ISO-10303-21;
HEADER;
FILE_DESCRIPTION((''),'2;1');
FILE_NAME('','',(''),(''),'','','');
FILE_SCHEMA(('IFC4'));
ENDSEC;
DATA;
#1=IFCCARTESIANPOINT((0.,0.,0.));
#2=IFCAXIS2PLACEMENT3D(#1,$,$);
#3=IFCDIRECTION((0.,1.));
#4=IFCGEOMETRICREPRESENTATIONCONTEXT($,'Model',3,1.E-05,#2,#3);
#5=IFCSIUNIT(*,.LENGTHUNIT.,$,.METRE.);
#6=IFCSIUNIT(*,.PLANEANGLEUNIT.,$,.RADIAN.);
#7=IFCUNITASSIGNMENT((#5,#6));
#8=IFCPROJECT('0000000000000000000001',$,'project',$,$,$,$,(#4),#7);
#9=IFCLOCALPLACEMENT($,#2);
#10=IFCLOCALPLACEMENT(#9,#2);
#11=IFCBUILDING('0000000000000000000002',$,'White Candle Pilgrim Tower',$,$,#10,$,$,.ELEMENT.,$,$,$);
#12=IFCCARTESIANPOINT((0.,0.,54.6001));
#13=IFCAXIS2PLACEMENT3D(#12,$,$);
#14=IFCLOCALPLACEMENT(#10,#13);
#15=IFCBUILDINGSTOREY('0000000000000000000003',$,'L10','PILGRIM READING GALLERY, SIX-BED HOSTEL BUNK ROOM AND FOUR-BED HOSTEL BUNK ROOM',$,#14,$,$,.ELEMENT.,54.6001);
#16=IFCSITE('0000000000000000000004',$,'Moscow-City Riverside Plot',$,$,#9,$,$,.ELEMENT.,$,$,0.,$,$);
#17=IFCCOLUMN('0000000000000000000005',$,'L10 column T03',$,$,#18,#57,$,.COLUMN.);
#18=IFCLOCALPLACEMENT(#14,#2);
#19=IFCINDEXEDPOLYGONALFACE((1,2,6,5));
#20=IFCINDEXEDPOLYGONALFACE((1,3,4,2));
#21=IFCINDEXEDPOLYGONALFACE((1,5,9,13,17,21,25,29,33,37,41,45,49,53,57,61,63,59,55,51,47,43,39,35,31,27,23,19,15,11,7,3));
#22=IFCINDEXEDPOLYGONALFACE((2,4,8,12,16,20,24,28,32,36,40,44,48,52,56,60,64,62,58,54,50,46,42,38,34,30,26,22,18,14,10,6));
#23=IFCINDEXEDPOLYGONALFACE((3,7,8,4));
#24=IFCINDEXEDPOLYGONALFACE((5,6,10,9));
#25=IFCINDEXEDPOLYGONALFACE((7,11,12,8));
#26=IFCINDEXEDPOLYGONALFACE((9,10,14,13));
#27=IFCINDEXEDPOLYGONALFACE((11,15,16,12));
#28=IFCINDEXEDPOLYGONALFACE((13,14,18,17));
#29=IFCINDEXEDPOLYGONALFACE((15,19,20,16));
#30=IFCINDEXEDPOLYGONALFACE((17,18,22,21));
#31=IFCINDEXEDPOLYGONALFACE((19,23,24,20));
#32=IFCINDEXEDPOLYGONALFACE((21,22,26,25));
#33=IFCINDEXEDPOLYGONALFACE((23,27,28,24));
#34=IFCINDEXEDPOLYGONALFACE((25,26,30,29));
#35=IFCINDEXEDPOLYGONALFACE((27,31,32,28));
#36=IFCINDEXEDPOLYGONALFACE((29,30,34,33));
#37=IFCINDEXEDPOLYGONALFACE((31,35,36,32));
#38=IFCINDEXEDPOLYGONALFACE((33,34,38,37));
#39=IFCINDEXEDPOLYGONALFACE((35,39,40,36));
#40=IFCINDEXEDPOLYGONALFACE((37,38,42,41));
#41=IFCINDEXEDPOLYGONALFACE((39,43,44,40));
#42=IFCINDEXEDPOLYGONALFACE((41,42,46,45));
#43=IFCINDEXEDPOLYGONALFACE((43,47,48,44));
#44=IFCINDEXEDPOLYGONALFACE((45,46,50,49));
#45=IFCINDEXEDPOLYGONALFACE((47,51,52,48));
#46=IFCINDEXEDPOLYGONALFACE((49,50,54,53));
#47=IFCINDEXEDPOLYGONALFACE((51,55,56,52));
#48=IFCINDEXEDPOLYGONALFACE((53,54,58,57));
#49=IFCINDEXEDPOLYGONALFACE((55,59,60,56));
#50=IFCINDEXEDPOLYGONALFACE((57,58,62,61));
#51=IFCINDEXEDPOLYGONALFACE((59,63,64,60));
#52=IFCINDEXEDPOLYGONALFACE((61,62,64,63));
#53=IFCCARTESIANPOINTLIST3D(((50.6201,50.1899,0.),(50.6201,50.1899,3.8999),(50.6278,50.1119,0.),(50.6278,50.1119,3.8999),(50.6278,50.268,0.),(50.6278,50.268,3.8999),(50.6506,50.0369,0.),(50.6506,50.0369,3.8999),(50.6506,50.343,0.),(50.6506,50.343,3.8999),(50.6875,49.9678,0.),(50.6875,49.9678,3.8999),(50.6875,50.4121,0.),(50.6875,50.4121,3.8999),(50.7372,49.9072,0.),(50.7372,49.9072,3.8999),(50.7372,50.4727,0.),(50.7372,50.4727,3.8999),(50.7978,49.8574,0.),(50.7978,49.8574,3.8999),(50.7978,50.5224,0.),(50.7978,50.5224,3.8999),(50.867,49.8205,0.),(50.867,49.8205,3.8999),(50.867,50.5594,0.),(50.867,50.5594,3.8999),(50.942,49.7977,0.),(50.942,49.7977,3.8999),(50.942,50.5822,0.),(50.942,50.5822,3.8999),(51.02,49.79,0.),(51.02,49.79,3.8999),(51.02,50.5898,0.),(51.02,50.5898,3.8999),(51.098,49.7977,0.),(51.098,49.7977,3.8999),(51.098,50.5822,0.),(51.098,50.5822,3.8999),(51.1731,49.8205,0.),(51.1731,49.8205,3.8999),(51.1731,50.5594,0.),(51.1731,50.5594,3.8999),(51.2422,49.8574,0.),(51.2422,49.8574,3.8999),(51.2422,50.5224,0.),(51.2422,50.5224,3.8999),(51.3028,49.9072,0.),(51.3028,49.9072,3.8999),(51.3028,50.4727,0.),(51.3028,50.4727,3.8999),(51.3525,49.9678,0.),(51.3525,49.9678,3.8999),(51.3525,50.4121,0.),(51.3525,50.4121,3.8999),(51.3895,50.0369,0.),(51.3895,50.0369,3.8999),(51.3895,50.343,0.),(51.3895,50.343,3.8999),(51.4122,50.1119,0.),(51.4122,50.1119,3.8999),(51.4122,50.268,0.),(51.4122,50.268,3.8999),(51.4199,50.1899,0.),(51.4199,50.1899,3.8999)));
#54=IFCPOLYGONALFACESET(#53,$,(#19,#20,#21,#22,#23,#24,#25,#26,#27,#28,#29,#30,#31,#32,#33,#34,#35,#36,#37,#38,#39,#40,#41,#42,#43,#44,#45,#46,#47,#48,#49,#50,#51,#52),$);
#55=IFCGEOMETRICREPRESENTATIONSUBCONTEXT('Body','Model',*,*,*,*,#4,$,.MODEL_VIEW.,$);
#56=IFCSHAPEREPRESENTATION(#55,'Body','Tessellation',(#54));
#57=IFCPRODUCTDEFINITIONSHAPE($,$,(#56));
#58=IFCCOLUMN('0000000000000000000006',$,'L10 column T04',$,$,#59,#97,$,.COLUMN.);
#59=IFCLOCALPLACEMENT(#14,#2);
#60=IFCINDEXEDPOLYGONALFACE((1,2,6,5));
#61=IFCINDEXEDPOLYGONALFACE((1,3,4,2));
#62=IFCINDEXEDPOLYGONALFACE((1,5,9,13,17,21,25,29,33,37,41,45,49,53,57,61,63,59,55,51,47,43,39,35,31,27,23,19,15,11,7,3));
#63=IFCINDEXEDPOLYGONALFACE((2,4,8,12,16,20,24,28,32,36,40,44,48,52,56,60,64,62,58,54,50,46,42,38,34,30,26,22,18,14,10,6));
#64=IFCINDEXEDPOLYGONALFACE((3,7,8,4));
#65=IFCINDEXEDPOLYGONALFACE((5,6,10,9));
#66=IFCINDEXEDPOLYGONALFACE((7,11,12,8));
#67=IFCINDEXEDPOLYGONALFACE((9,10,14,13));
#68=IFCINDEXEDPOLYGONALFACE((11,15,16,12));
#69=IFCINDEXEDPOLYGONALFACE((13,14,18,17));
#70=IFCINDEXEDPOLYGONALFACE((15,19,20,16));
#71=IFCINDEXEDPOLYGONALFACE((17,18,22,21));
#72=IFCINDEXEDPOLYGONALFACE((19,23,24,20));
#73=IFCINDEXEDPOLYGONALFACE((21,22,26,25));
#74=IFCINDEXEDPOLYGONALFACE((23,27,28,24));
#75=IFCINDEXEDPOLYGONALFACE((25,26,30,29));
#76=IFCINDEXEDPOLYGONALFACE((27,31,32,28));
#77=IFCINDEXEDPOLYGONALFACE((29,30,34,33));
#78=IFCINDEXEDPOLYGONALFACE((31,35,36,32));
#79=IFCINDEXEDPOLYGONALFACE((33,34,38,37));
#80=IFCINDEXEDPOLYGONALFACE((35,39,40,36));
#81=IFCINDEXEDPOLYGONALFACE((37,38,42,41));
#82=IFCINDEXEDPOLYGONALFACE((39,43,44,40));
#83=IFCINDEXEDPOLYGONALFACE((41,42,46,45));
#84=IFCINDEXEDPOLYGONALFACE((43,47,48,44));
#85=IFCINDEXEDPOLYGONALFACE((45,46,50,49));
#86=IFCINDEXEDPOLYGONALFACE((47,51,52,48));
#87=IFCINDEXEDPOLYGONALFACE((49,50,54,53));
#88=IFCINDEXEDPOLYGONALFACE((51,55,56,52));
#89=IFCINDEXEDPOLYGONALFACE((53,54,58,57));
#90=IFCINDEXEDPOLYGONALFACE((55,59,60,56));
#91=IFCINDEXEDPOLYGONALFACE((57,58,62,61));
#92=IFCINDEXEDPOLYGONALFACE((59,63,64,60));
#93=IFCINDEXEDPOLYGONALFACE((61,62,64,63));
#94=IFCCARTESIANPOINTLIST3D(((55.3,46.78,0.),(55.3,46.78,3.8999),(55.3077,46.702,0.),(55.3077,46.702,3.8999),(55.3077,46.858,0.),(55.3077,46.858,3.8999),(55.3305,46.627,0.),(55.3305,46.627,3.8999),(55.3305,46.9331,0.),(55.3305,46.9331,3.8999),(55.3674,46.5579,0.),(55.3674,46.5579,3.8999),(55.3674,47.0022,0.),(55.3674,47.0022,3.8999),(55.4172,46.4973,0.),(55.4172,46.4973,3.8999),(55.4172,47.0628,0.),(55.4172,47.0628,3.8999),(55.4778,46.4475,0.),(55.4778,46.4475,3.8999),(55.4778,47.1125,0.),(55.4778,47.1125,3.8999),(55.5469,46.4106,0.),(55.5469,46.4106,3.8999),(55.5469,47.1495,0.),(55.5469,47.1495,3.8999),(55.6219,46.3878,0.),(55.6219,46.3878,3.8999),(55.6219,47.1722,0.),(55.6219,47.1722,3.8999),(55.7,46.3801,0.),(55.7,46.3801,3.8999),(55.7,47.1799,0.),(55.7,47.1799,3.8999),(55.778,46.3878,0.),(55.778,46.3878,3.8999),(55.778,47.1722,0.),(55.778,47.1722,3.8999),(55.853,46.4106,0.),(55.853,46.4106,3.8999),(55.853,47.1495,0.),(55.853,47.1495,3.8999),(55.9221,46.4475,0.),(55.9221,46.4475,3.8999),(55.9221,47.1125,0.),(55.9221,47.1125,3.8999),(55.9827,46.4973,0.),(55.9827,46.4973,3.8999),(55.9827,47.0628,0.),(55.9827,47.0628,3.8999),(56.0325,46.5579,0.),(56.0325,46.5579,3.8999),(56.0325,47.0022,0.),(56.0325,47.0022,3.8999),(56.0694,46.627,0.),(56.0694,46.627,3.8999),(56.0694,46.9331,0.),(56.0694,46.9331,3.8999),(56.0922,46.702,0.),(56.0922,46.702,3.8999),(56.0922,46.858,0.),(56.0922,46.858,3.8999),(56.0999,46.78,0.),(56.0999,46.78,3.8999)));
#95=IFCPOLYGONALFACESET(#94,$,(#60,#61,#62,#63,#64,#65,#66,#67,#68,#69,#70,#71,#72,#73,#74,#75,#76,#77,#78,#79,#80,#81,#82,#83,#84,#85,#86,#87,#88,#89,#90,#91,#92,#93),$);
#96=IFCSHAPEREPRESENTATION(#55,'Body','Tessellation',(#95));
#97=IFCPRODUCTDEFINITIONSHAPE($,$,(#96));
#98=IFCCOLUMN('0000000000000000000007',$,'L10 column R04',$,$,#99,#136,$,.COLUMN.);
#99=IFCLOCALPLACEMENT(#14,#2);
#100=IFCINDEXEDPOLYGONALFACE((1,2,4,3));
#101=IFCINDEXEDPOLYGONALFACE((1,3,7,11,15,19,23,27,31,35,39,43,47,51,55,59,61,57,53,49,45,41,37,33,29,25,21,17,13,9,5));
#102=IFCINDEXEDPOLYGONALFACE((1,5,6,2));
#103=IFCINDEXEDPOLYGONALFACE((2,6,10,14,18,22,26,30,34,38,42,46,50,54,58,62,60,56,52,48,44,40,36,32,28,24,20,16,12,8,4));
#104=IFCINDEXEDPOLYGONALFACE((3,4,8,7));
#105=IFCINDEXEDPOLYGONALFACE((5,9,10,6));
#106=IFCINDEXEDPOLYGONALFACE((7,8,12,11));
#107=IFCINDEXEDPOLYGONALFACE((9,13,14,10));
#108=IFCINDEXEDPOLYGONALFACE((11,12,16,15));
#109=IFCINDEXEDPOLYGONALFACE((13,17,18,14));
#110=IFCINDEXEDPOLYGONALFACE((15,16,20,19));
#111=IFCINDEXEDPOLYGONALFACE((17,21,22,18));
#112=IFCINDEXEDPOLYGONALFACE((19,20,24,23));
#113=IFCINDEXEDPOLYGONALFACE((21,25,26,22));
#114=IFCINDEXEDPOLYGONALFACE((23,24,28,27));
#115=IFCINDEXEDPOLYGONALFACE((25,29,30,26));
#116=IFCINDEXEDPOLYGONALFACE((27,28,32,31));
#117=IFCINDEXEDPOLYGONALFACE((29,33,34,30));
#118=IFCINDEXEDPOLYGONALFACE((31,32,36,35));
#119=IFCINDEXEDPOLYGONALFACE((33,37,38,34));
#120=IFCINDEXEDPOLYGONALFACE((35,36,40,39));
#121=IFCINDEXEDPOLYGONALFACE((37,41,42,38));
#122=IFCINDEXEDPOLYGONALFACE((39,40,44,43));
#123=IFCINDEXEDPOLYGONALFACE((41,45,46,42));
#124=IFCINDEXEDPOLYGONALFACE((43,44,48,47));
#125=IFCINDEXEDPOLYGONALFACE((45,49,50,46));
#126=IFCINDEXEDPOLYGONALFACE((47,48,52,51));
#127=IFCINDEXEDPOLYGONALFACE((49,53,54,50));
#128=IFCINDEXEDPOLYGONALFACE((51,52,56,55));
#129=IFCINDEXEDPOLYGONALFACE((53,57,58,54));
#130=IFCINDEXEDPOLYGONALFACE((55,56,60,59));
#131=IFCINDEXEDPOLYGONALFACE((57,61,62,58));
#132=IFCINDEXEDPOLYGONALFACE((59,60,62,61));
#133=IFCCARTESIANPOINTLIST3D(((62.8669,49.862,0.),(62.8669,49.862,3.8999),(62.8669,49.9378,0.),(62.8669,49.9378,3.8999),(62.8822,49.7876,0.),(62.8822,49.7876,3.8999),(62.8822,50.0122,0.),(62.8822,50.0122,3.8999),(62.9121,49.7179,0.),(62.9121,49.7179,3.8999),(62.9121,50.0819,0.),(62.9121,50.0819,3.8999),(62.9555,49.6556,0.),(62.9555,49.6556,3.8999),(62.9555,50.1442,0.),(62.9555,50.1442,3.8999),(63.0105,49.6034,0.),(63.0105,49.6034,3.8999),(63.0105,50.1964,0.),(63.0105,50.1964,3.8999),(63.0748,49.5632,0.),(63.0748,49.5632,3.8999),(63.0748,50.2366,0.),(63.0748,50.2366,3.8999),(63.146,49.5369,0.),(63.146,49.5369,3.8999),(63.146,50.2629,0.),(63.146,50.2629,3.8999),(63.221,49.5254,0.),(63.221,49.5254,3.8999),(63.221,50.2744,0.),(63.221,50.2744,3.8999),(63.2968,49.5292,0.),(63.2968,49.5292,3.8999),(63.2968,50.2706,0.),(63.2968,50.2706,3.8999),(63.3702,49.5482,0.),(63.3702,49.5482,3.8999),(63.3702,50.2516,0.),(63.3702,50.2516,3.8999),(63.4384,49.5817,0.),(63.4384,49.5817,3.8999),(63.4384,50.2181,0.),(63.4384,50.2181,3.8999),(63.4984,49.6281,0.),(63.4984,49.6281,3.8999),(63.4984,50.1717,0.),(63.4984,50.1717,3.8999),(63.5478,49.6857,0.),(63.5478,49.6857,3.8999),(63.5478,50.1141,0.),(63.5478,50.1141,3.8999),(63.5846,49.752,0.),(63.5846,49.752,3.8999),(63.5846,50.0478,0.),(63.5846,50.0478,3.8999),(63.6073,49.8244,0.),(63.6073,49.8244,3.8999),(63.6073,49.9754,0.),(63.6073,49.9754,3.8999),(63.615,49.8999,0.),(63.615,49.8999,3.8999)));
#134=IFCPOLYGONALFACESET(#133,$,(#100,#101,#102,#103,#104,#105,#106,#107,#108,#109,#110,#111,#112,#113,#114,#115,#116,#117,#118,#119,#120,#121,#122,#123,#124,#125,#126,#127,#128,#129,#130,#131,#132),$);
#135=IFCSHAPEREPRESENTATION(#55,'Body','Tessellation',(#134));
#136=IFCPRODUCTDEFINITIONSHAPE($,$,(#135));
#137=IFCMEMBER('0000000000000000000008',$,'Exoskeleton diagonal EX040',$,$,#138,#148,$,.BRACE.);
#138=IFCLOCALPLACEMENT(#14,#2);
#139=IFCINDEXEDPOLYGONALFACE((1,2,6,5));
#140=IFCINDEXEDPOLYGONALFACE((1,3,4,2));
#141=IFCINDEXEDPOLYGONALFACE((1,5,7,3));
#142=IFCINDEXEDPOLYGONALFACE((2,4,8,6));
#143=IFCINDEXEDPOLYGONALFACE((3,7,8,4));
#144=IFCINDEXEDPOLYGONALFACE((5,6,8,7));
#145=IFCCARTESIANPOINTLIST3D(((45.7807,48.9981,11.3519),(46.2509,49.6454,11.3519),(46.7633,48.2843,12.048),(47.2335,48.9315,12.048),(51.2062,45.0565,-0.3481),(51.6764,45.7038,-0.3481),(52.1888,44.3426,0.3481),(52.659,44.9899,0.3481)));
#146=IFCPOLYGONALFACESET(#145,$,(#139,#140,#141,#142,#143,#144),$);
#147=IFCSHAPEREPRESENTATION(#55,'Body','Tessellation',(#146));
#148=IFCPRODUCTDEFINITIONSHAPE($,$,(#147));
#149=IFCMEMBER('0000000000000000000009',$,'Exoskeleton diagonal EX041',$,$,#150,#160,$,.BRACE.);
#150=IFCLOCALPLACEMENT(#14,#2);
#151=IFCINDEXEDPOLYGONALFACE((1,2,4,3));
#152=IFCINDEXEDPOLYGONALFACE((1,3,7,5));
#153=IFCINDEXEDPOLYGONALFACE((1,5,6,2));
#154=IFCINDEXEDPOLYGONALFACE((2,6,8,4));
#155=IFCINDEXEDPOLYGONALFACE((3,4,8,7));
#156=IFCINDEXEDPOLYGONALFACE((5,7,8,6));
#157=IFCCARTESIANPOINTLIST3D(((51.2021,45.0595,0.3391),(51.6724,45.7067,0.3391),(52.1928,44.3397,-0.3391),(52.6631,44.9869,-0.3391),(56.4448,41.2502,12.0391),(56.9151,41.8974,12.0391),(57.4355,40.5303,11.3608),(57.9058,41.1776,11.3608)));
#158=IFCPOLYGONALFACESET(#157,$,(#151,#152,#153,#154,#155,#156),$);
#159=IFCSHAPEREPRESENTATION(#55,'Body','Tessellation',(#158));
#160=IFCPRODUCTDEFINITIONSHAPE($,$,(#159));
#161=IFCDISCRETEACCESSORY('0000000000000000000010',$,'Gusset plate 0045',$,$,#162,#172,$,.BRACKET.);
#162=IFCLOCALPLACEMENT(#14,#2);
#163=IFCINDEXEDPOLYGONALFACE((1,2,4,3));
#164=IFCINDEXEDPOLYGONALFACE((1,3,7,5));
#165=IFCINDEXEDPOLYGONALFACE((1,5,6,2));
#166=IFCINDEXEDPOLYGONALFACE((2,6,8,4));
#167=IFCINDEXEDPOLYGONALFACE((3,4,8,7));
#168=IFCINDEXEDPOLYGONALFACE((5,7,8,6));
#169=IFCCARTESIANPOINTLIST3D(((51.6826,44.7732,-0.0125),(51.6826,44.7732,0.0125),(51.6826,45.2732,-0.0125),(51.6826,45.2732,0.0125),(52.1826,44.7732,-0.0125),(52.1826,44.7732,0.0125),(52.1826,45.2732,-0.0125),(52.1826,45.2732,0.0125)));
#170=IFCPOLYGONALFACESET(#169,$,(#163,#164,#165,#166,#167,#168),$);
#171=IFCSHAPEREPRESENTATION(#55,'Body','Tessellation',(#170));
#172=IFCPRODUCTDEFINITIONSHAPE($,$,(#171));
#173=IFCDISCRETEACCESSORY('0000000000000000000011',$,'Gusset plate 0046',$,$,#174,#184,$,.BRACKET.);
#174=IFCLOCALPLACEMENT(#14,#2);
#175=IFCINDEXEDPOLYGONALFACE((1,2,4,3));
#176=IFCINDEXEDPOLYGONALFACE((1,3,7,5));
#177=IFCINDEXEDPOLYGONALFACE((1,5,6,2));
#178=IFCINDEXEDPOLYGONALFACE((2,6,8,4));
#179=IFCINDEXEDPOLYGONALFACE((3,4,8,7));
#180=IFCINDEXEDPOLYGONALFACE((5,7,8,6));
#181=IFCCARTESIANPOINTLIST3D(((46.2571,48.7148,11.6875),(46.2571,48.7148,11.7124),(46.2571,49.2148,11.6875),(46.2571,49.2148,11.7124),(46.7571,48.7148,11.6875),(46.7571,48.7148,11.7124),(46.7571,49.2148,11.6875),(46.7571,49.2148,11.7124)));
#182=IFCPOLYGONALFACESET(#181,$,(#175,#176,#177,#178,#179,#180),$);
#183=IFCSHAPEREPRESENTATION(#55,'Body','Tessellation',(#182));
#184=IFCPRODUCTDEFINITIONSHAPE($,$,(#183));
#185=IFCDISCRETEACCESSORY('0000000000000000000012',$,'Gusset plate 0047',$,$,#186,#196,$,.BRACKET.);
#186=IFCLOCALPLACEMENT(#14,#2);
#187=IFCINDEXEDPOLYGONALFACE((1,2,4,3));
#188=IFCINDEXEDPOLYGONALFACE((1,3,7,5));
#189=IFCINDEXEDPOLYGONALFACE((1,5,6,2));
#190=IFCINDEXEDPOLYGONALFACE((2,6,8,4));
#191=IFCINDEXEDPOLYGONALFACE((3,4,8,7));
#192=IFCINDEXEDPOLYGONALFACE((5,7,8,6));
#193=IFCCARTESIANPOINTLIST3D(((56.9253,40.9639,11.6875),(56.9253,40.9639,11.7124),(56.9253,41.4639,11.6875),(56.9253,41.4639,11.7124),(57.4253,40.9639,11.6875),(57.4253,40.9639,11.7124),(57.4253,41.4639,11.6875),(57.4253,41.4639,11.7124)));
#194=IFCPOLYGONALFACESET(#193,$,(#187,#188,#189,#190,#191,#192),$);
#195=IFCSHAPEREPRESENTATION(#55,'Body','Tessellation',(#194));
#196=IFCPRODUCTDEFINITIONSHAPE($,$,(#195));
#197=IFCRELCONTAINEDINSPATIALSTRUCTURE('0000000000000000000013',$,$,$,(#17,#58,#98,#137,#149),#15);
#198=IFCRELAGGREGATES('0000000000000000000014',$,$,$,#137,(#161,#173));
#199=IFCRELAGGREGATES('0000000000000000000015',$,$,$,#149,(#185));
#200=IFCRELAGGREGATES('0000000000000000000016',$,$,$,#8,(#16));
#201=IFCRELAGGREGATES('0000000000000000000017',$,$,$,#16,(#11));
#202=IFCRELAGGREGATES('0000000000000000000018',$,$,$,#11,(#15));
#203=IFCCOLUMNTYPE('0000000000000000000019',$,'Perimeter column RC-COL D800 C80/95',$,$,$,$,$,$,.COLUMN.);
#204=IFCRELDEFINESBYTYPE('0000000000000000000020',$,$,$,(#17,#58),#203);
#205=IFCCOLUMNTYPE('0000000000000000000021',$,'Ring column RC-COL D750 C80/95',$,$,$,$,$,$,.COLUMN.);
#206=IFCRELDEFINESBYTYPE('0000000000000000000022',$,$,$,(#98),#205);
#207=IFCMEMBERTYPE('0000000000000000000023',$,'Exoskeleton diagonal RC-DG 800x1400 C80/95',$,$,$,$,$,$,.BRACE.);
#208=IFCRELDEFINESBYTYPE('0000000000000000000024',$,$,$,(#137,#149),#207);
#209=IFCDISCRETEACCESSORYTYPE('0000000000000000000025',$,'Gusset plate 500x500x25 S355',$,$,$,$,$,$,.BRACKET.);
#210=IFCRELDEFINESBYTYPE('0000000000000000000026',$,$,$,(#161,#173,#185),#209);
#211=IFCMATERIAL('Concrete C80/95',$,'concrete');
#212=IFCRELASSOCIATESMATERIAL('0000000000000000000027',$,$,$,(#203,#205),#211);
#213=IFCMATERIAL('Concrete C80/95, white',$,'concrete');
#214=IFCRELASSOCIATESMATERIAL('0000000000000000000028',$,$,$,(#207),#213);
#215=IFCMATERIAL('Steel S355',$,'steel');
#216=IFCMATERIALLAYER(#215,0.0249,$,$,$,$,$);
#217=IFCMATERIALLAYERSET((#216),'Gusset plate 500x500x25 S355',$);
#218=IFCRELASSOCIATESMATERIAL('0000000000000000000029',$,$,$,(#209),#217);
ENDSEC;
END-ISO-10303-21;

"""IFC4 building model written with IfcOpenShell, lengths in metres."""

from ifc_helpers import new_model, si_unit, direction, frame, origin, origin_2d, place, context, subcontext, project, spatial, rectangle, circle, extrude, material, layer, layer_set, material_profile, profile_set, type_object, element, aggregate, save


model = new_model("IFC4")

# Units and contexts
model_context = context("Model", 3, precision=1e-05, world=origin(), true_north=direction((0.0, 1.0)))
body_context = subcontext(model_context, "Body", "Model", "MODEL_VIEW")
ifc_project = project(units=[si_unit("LENGTHUNIT", "METRE"), si_unit("PLANEANGLEUNIT", "RADIAN")], contexts=[model_context])

# Site, building, storey
site_placement = place(None, origin())
site = spatial("IfcSite", under=ifc_project, at=site_placement, Name="Moscow-City Riverside Plot", CompositionType="ELEMENT", RefElevation=0.0)
building_placement = place(site_placement, origin())
building = spatial("IfcBuilding", under=site, at=building_placement, Name="White Candle Pilgrim Tower", CompositionType="ELEMENT")
storey_placement = place(building_placement, frame((0.0, 0.0, 54.6001)))
storey = spatial("IfcBuildingStorey", under=building, at=storey_placement, Name="L10", Description="PILGRIM READING GALLERY, SIX-BED HOSTEL BUNK ROOM AND FOUR-BED HOSTEL BUNK ROOM", CompositionType="ELEMENT", Elevation=54.6001)

# Columns
ifc_material_1 = material(Name="Concrete C80/95", Category="concrete")
ifc_material_profile_1 = material_profile(ifc_material_1, circle(Radius=0.3999, at=origin_2d()), Name="RC-COL D800")
ifc_profile_set_1 = profile_set([ifc_material_profile_1], Name="Concrete C80/95")
column_type_1 = type_object("IfcColumnType", Name="Perimeter column RC-COL D800 C80/95", PredefinedType="COLUMN", material=ifc_profile_set_1)
for number, where, z_axis, x_axis, name in (
    (1, (51.02, 50.1899, 0.0), (0.0, 0.0, 1.0), (1.0, 0.0, 0.0), "L10 column T03"),
    (2, (55.7, 46.78, 0.0), (0.0, 0.0, 1.0), (1.0, 0.0, 0.0), "L10 column T04"),
):
    element("IfcColumn", number, at=place(storey_placement, frame(where, z_axis=z_axis, x_axis=x_axis)), inside=storey, type_object=column_type_1, Name=name, PredefinedType="COLUMN", context=body_context, shape_type="SweptSolid", body=[
        extrude(circle(Radius=0.3999, at=origin_2d()), origin(), (0.0, 0.0, 1.0), 3.8999),
    ])
ifc_material_profile_2 = material_profile(ifc_material_1, circle(Radius=0.375, at=origin_2d()), Name="RC-COL D750")
ifc_profile_set_2 = profile_set([ifc_material_profile_2], Name="Concrete C80/95")
column_type_2 = type_object("IfcColumnType", Name="Ring column RC-COL D750 C80/95", PredefinedType="COLUMN", material=ifc_profile_set_2)
column_placement = place(storey_placement, frame((63.24, 49.8999, 0.0), z_axis=(0.0, 0.0, 1.0), x_axis=(1.0, 0.0, 0.0)))
element("IfcColumn", 3, at=column_placement, inside=storey, type_object=column_type_2, Name="L10 column R04", PredefinedType="COLUMN", context=body_context, shape_type="SweptSolid", body=[
    extrude(circle(Radius=0.375, at=origin_2d()), origin(), (0.0, 0.0, 1.0), 3.8999),
])

# Members
ifc_material_2 = material(Name="Concrete C80/95, white", Category="concrete")
ifc_material_profile_3 = material_profile(ifc_material_2, rectangle(XDim=0.8, YDim=1.3999, at=origin_2d()), Name="RC-DG 800x1400")
ifc_profile_set_3 = profile_set([ifc_material_profile_3], Name="Concrete C80/95, white")
member_type_1 = type_object("IfcMemberType", Name="Exoskeleton diagonal RC-DG 800x1400 C80/95", PredefinedType="BRACE", material=ifc_profile_set_3)
member_1_placement = place(storey_placement, frame((51.9326, 45.0232, 0.0), z_axis=(-0.40232, 0.292285, 0.867587), x_axis=(-0.587763, -0.809034, 0.0)))
member_1 = element("IfcMember", 4, at=member_1_placement, inside=storey, type_object=member_type_1, Name="Exoskeleton diagonal EX040", PredefinedType="BRACE", context=body_context, shape_type="SweptSolid", body=[
    extrude(rectangle(XDim=0.8, YDim=1.3999, at=origin_2d()), origin(), (0.0, 0.0, 1.0), 13.4856),
])
member_2_placement = place(storey_placement, frame((51.9326, 45.0232, 0.0), z_axis=(0.391981, -0.284814, 0.874775), x_axis=(0.587815, 0.808995, 0.0)))
member_2 = element("IfcMember", 5, at=member_2_placement, inside=storey, type_object=member_type_1, Name="Exoskeleton diagonal EX041", PredefinedType="BRACE", context=body_context, shape_type="SweptSolid", body=[
    extrude(rectangle(XDim=0.8, YDim=1.3999, at=origin_2d()), origin(), (0.0, 0.0, 1.0), 13.3748),
])

# Discrete accessories
ifc_material_3 = material(Name="Steel S355", Category="steel")
ifc_layer_1 = layer(ifc_material_3, 0.0249)
ifc_layer_set_1 = layer_set([ifc_layer_1], Name="Gusset plate 500x500x25 S355")
discrete_accessory_type = type_object("IfcDiscreteAccessoryType", Name="Gusset plate 500x500x25 S355", PredefinedType="BRACKET", material=ifc_layer_set_1)
discrete_accessory_1_placement = place(storey_placement, frame((51.9326, 45.0232, -0.0125), z_axis=(0.0, 0.0, 1.0), x_axis=(1.0, 0.0, 0.0)))
discrete_accessory_1 = element("IfcDiscreteAccessory", 6, at=discrete_accessory_1_placement, type_object=discrete_accessory_type, Name="Gusset plate 0045", PredefinedType="BRACKET", context=body_context, shape_type="SweptSolid", body=[
    extrude(rectangle(XDim=0.5, YDim=0.5, at=origin_2d()), origin(), (0.0, 0.0, 1.0), 0.0249),
])
placement = place(building_placement, frame((0.0, 0.0, 66.3)))
discrete_accessory_2_placement = place(placement, frame((46.5071, 48.9648, -0.0125), z_axis=(0.0, 0.0, 1.0), x_axis=(1.0, 0.0, 0.0)))
discrete_accessory_2 = element("IfcDiscreteAccessory", 7, at=discrete_accessory_2_placement, type_object=discrete_accessory_type, Name="Gusset plate 0046", PredefinedType="BRACKET", context=body_context, shape_type="SweptSolid", body=[
    extrude(rectangle(XDim=0.5, YDim=0.5, at=origin_2d()), origin(), (0.0, 0.0, 1.0), 0.0249),
])
aggregate(member_1, [discrete_accessory_1, discrete_accessory_2])
discrete_accessory_3_placement = place(placement, frame((57.1753, 41.2139, -0.0125), z_axis=(0.0, 0.0, 1.0), x_axis=(1.0, 0.0, 0.0)))
discrete_accessory_3 = element("IfcDiscreteAccessory", 8, at=discrete_accessory_3_placement, type_object=discrete_accessory_type, Name="Gusset plate 0047", PredefinedType="BRACKET", context=body_context, shape_type="SweptSolid", body=[
    extrude(rectangle(XDim=0.5, YDim=0.5, at=origin_2d()), origin(), (0.0, 0.0, 1.0), 0.0249),
])
aggregate(member_2, [discrete_accessory_3])

save(model, "model.ifc")
